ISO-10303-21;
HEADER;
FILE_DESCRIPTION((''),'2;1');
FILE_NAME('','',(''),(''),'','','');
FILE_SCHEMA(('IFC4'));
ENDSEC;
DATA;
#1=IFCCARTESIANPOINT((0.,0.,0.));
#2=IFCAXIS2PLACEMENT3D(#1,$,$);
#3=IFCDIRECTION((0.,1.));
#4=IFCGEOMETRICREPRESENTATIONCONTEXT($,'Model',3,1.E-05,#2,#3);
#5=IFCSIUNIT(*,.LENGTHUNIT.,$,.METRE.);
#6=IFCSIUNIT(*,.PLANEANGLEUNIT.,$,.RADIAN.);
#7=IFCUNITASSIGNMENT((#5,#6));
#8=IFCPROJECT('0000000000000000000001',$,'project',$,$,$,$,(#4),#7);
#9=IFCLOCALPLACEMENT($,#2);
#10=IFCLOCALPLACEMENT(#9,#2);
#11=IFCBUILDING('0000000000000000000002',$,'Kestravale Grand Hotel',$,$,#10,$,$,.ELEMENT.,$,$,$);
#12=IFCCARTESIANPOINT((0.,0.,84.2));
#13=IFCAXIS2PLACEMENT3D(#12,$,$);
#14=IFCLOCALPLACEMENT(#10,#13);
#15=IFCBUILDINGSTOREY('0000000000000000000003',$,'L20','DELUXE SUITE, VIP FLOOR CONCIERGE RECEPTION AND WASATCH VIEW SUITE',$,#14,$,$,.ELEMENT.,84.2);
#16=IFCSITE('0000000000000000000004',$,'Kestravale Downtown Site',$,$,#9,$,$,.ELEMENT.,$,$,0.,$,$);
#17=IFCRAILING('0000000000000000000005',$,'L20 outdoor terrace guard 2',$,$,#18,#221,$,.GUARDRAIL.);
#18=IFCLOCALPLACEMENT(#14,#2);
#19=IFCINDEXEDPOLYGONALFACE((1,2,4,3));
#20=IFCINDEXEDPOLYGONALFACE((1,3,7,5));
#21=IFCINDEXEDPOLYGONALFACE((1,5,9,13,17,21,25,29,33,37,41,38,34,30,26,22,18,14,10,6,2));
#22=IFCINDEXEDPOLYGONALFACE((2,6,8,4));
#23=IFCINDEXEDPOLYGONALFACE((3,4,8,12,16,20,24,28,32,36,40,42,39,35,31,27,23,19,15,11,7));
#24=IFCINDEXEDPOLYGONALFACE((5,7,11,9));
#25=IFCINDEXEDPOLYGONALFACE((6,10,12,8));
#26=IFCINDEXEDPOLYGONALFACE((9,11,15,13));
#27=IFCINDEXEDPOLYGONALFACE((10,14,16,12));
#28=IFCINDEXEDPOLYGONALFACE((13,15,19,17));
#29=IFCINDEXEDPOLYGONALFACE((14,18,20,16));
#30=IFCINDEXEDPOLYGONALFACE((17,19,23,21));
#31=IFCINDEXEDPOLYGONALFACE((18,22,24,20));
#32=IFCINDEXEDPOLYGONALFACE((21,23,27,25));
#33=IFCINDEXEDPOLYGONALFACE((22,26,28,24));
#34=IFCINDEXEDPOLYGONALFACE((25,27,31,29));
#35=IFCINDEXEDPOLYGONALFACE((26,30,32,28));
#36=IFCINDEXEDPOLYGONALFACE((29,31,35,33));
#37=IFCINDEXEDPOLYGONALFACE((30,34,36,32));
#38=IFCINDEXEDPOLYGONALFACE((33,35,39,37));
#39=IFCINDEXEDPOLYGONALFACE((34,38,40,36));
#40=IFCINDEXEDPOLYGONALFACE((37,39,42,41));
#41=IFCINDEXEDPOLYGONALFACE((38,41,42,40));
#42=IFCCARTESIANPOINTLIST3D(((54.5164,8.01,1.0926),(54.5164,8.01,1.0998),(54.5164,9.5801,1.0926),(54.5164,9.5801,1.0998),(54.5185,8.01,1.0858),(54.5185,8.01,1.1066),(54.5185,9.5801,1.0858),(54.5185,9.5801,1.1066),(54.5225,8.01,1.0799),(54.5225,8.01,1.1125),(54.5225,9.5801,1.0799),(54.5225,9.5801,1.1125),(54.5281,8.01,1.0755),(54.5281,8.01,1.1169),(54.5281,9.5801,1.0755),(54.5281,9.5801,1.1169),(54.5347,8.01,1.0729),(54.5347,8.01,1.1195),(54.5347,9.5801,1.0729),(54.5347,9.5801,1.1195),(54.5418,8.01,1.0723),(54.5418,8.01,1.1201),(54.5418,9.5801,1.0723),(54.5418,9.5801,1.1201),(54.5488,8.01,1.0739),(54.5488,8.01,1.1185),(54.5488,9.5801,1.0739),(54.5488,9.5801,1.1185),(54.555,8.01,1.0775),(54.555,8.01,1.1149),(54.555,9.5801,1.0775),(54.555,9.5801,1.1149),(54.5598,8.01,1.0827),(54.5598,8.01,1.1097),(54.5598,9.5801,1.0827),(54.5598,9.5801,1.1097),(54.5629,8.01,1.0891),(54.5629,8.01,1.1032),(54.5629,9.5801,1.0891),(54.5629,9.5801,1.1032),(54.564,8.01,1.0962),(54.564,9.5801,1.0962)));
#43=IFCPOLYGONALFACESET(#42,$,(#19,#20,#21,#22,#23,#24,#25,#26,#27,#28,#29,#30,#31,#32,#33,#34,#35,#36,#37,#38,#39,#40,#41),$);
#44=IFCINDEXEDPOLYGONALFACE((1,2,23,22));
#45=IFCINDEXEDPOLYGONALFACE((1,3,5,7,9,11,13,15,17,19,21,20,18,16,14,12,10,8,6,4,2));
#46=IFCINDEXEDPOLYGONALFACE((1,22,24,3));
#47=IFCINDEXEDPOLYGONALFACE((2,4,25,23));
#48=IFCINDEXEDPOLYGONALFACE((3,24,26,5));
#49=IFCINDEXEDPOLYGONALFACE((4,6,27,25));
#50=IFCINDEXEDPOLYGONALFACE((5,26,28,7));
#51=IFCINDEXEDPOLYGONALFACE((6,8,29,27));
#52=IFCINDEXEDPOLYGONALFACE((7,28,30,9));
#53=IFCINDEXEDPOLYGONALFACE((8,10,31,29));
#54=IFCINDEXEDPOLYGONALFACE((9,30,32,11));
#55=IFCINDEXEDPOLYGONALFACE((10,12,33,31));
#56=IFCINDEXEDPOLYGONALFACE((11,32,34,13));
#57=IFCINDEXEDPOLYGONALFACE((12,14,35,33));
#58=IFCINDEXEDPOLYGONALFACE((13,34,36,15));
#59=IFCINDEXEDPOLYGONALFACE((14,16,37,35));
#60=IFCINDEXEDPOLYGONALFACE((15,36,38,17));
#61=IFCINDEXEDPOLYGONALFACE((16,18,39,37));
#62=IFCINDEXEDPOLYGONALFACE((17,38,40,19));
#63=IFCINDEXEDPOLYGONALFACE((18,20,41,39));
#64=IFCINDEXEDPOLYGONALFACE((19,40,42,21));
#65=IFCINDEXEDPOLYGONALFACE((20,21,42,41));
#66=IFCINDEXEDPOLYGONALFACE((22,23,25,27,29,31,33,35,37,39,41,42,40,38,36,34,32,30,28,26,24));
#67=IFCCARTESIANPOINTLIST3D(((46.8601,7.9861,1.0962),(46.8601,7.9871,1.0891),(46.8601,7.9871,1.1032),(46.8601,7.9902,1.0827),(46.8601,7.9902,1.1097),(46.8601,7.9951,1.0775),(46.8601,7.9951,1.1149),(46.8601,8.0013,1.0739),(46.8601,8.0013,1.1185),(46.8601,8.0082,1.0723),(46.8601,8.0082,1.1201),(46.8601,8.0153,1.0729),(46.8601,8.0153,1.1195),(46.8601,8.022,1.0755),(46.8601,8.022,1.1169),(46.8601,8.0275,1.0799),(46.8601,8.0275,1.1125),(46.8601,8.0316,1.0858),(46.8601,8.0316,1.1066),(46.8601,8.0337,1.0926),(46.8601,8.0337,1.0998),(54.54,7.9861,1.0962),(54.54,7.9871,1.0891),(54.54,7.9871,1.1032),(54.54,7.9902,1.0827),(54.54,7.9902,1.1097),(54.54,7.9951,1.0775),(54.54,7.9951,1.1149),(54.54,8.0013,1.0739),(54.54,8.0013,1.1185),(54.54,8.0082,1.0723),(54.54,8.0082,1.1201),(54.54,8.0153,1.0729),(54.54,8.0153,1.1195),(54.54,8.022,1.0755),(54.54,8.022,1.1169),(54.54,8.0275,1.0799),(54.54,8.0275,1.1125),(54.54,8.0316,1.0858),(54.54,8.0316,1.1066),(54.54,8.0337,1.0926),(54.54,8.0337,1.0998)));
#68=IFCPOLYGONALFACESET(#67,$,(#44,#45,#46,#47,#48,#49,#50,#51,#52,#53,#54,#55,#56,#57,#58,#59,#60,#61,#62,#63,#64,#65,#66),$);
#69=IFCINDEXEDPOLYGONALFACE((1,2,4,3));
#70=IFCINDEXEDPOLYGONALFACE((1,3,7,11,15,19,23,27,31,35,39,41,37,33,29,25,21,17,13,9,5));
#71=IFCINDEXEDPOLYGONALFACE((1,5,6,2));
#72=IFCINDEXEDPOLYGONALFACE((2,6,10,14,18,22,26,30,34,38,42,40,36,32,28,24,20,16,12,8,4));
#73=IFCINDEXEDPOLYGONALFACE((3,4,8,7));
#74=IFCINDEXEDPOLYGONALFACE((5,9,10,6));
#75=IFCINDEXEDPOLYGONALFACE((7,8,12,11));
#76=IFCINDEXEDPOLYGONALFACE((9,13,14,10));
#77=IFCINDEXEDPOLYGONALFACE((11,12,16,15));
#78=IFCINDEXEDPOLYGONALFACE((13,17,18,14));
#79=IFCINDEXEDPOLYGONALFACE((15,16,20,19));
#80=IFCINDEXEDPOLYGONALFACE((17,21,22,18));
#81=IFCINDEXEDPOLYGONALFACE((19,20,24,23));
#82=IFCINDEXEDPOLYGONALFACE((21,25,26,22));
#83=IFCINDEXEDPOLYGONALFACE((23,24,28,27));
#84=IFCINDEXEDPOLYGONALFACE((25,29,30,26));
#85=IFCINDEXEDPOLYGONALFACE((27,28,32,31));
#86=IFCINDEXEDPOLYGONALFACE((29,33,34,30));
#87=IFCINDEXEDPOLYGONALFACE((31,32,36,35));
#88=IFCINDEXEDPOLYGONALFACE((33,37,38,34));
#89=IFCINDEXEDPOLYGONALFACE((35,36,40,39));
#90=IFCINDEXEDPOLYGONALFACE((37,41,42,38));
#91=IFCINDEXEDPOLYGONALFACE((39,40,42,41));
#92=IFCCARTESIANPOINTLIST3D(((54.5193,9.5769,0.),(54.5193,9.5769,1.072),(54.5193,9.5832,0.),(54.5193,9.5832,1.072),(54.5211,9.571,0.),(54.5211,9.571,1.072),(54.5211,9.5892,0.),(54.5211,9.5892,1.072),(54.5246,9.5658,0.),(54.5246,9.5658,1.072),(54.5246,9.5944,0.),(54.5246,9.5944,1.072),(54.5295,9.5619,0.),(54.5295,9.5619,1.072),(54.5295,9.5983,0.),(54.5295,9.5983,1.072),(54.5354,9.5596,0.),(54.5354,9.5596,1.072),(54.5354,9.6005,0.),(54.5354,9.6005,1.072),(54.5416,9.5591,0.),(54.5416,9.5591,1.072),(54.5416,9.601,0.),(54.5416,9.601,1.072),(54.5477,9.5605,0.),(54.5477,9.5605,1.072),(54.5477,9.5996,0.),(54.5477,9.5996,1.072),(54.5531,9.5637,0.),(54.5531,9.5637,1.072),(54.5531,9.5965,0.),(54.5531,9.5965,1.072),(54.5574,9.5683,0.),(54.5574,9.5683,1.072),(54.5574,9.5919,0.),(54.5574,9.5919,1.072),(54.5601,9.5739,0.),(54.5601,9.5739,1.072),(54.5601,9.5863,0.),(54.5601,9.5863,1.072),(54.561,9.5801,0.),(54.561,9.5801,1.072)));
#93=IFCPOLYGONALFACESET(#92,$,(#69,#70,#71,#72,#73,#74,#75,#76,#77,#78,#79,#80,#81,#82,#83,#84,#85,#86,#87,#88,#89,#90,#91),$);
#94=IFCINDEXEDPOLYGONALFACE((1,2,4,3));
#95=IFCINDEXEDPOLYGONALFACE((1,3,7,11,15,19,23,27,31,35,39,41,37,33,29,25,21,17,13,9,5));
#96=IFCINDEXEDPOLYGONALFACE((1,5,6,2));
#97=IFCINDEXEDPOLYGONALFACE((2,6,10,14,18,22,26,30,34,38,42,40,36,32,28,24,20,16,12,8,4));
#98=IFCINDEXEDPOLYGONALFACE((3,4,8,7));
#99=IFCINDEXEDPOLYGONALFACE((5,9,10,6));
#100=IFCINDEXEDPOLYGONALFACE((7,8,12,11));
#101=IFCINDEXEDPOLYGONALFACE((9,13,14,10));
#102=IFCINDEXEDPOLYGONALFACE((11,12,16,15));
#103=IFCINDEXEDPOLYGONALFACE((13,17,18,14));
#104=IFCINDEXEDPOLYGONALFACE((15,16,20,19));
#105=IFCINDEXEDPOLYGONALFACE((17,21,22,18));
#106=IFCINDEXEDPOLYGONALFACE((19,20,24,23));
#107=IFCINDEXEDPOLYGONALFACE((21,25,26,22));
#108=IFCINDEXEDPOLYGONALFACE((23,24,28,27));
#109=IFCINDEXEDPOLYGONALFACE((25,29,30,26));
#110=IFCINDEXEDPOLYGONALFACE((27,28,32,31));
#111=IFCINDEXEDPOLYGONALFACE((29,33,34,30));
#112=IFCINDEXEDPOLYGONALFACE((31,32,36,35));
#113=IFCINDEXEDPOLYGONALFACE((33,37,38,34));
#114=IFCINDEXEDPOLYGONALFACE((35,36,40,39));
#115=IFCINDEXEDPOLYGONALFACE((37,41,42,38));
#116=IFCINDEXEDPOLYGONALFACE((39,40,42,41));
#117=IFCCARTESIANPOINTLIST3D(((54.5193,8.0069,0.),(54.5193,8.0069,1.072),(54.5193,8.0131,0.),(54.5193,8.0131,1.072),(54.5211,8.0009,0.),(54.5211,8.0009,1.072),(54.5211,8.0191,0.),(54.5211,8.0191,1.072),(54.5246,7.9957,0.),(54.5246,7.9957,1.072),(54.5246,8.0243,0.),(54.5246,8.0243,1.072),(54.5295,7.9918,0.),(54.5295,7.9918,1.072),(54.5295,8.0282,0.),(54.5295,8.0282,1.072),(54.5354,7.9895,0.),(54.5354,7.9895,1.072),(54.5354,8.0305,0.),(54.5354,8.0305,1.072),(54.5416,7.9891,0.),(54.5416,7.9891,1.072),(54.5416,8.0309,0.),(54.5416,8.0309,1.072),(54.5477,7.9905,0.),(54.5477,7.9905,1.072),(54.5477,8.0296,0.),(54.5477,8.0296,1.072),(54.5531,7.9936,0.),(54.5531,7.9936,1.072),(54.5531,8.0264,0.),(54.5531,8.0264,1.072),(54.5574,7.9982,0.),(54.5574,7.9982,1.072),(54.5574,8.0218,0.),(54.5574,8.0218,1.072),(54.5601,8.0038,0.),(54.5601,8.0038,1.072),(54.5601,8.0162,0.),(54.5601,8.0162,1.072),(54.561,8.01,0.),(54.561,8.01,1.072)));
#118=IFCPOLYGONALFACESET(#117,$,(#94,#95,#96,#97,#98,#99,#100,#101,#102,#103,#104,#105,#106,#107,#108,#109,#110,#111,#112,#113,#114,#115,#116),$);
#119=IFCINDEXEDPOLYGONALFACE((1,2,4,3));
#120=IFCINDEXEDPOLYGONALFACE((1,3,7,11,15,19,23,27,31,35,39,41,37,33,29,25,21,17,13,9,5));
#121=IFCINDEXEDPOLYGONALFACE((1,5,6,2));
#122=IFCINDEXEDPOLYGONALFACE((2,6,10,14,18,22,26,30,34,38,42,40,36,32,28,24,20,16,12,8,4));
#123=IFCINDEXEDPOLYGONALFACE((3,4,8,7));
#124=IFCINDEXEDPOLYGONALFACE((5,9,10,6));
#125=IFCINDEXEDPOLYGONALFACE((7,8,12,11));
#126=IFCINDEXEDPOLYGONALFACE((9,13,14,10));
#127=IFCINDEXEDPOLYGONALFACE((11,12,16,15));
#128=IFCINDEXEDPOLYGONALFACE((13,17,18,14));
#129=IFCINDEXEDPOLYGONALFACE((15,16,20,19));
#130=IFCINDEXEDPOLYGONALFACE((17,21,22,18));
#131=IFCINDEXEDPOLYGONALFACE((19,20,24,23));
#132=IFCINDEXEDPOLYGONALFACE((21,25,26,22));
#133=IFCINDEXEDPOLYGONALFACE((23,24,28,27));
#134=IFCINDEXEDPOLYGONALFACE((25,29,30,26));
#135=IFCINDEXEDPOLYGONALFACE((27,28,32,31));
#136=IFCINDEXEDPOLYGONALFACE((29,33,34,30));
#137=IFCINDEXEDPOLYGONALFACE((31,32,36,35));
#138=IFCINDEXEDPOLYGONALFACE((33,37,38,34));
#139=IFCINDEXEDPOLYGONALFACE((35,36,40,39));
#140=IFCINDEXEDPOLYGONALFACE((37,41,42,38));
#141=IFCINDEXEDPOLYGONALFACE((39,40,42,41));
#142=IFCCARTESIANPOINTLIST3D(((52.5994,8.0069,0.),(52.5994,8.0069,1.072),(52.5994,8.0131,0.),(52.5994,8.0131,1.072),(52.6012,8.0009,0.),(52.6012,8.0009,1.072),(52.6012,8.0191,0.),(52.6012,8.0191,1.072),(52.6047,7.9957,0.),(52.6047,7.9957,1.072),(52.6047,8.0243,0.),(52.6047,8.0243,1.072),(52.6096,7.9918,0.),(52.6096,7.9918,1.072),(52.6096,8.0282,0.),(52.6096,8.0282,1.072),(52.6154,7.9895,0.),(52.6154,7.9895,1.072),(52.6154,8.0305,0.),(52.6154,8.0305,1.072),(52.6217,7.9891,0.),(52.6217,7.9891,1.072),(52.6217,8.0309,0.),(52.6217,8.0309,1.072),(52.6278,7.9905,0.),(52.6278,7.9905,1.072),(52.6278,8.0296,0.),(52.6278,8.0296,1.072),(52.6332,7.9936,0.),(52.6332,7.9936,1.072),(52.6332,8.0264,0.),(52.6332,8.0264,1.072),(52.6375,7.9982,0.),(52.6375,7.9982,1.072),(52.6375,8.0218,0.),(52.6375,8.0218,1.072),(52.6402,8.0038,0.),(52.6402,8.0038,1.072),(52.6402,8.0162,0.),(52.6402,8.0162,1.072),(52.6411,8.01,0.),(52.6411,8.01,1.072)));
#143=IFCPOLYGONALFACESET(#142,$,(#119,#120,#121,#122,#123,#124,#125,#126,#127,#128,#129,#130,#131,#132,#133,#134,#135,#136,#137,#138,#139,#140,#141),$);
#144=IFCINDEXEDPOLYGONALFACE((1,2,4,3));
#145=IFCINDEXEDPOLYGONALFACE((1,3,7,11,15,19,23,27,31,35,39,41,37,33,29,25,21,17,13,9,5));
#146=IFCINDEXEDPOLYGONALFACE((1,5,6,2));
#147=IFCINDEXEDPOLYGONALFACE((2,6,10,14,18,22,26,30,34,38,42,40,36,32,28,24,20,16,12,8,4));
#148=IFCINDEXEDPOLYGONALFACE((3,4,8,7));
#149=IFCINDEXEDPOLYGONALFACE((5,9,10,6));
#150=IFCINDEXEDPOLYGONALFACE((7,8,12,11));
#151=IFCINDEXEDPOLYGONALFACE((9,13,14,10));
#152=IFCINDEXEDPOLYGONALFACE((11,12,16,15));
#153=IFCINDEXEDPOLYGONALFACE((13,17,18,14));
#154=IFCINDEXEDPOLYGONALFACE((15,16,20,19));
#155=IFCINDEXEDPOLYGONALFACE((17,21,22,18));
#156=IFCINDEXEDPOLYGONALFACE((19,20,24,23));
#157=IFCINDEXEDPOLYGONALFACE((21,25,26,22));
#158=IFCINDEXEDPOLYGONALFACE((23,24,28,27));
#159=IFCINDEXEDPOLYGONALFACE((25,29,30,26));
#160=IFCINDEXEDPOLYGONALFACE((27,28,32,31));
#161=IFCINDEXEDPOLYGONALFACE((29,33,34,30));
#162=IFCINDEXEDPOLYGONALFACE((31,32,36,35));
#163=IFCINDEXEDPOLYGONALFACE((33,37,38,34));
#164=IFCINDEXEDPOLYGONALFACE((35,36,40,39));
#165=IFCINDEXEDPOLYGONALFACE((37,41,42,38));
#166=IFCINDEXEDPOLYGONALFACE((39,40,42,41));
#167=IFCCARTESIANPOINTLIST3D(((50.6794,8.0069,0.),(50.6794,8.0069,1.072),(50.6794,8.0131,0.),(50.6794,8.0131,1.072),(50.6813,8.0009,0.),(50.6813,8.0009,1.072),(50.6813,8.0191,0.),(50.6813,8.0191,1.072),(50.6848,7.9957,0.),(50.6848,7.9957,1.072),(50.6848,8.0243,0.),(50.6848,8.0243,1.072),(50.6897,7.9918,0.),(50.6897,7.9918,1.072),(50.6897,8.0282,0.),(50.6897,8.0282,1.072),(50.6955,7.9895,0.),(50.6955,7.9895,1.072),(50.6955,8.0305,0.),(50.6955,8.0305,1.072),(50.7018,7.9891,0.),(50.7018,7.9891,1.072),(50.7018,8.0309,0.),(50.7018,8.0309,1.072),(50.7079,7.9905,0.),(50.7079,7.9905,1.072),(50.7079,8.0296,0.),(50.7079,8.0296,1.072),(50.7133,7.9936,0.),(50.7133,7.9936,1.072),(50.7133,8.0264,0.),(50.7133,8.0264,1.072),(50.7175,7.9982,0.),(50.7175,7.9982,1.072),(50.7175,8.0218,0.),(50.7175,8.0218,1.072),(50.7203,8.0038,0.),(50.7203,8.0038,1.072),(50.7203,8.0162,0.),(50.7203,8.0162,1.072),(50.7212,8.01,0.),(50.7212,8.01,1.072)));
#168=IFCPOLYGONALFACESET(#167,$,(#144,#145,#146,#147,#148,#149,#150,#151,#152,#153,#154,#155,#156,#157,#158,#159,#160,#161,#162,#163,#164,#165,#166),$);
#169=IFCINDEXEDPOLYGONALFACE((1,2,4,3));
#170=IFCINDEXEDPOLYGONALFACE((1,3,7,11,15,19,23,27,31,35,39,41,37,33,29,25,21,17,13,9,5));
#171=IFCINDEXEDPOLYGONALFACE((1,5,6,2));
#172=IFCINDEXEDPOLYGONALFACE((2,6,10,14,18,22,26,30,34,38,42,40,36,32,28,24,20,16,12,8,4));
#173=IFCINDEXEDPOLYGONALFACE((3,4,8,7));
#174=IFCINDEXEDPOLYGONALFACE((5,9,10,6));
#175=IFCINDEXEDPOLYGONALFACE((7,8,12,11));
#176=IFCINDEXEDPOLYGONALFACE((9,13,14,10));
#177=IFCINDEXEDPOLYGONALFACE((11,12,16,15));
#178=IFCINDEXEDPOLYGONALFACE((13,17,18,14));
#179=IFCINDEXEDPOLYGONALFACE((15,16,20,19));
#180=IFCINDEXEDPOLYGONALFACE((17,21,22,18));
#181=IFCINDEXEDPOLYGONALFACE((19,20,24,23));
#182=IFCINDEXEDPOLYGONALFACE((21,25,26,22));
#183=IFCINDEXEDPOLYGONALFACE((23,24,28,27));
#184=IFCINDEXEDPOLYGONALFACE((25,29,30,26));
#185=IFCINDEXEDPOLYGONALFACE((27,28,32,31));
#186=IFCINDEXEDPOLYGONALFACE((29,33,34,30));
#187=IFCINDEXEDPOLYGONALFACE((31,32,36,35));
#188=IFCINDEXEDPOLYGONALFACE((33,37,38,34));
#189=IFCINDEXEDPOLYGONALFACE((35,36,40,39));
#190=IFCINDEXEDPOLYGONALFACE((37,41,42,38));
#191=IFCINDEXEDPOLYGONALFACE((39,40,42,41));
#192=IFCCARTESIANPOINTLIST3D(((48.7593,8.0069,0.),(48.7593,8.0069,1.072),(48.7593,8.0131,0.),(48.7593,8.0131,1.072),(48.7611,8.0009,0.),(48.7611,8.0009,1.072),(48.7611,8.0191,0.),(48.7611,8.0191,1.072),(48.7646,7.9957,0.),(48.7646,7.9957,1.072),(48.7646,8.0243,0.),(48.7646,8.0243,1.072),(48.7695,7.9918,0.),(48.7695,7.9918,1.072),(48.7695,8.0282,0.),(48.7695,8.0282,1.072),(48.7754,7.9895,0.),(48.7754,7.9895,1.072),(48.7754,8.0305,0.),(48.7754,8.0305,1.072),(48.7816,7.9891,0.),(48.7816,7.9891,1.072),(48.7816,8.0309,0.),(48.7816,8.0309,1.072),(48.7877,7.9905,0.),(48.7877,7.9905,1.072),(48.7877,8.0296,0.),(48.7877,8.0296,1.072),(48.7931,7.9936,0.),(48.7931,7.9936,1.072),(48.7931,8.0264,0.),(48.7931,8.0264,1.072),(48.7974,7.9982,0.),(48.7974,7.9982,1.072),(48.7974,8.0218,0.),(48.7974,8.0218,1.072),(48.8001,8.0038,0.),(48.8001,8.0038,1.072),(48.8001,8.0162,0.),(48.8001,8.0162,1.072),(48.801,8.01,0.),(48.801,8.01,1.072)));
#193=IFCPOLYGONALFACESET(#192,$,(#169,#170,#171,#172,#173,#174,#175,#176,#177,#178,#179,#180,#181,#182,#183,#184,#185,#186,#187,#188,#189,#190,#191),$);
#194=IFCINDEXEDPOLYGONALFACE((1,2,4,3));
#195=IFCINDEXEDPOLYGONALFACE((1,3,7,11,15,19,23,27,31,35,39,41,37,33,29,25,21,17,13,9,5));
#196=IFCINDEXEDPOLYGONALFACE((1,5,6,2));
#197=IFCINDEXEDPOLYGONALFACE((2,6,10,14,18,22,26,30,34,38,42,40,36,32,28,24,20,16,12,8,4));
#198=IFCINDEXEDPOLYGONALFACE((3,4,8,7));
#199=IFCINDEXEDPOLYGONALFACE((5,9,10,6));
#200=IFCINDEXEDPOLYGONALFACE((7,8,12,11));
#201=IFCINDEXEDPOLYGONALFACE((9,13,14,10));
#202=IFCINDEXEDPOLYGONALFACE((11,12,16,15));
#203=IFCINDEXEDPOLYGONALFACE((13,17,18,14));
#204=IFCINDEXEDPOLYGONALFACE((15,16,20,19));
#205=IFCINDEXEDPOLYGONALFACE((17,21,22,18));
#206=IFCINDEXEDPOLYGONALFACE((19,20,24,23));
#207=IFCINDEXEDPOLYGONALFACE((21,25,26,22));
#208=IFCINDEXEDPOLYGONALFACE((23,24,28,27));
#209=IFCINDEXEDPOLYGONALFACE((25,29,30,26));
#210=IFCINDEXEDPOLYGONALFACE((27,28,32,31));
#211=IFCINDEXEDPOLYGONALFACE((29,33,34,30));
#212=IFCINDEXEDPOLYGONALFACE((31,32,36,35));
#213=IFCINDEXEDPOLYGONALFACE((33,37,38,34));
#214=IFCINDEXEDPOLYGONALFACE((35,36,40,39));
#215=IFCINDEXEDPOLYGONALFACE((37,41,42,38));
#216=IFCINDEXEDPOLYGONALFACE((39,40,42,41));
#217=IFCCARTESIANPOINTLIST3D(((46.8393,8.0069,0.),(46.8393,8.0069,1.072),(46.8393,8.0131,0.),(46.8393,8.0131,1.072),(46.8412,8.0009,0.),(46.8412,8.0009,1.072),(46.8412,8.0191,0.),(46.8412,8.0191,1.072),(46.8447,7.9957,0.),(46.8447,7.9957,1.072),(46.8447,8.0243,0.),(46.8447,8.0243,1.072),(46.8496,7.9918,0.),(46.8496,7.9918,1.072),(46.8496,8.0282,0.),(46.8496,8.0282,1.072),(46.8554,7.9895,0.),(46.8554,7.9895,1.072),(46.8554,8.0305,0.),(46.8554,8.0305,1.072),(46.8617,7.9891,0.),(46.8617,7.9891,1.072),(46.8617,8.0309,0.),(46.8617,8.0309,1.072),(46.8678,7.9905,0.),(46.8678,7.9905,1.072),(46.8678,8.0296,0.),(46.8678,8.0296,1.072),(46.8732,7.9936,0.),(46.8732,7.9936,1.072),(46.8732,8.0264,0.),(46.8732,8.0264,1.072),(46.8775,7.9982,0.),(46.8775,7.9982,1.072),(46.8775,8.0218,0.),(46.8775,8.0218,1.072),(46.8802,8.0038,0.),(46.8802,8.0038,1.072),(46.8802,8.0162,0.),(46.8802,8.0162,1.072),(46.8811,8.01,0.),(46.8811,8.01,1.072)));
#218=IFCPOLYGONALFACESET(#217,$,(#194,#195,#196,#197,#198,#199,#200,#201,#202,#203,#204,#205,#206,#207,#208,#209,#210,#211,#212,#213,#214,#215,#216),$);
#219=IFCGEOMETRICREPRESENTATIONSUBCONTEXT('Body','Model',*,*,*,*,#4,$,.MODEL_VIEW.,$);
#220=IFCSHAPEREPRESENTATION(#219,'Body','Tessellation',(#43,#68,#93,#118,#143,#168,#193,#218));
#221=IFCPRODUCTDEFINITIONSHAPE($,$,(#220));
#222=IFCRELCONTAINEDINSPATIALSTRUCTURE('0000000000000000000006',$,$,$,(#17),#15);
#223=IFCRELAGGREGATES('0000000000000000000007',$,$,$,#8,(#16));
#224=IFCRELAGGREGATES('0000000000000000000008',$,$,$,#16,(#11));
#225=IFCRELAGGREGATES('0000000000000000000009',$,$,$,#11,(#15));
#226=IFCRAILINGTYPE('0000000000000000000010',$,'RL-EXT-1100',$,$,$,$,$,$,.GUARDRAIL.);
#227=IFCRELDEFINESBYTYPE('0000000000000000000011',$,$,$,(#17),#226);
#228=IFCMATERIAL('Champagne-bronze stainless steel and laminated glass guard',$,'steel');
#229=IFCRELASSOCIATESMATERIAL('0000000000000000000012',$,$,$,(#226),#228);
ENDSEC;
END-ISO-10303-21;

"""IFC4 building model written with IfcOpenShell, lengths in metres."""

from ifc_helpers import new_model, si_unit, direction, frame, origin, origin_2d, place, context, subcontext, project, spatial, circle, extrude, material, type_object, element, save


model = new_model("IFC4")

# Units and contexts
model_context = context("Model", 3, precision=1e-05, world=origin(), true_north=direction((0.0, 1.0)))
body_context = subcontext(model_context, "Body", "Model", "MODEL_VIEW")
ifc_project = project(units=[si_unit("LENGTHUNIT", "METRE"), si_unit("PLANEANGLEUNIT", "RADIAN")], contexts=[model_context])

# Site, building, storey
site_placement = place(None, origin())
site = spatial("IfcSite", under=ifc_project, at=site_placement, Name="Kestravale Downtown Site", CompositionType="ELEMENT", RefElevation=0.0)
building_placement = place(site_placement, origin())
building = spatial("IfcBuilding", under=site, at=building_placement, Name="Kestravale Grand Hotel", CompositionType="ELEMENT")
storey_placement = place(building_placement, frame((0.0, 0.0, 84.2)))
storey = spatial("IfcBuildingStorey", under=building, at=storey_placement, Name="L20", Description="DELUXE SUITE, VIP FLOOR CONCIERGE RECEPTION AND WASATCH VIEW SUITE", CompositionType="ELEMENT", Elevation=84.2)

# Railing
ifc_material_1 = material(Name="Champagne-bronze stainless steel and laminated glass guard", Category="steel")
railing_type = type_object("IfcRailingType", Name="RL-EXT-1100", PredefinedType="GUARDRAIL", material=ifc_material_1)
railing_1_placement = place(storey_placement, frame((54.54, 9.5801, 0.0)))
element("IfcRailing", 1, at=railing_1_placement, inside=storey, type_object=railing_type, Name="L20 outdoor terrace guard 2", PredefinedType="GUARDRAIL", context=body_context, shape_type="SweptSolid", body=[
    extrude(circle(Radius=0.0239, at=origin_2d()), frame((0.0, 0.0, 1.0962), z_axis=(0.0, -1.0, 0.0), x_axis=(1.0, 0.0, 0.0)), (0.0, 0.0, 1.0), 1.5701),
    extrude(circle(Radius=0.0239, at=origin_2d()), frame((0.0, -1.5701, 1.0962), z_axis=(-1.0, 0.0, 0.0), x_axis=(0.0, -1.0, 0.0)), (0.0, 0.0, 1.0), 7.6799),
    extrude(circle(Radius=0.021, at=origin_2d()), origin(), (0.0, 0.0, 1.0), 1.072),
    extrude(circle(Radius=0.021, at=origin_2d()), frame((0.0, -1.5701, 0.0)), (0.0, 0.0, 1.0), 1.072),
    extrude(circle(Radius=0.021, at=origin_2d()), frame((-1.9199, -1.5701, 0.0)), (0.0, 0.0, 1.0), 1.072),
    extrude(circle(Radius=0.021, at=origin_2d()), frame((-3.8398, -1.5701, 0.0)), (0.0, 0.0, 1.0), 1.072),
    extrude(circle(Radius=0.021, at=origin_2d()), frame((-5.76, -1.5701, 0.0)), (0.0, 0.0, 1.0), 1.072),
    extrude(circle(Radius=0.021, at=origin_2d()), frame((-7.6799, -1.5701, 0.0)), (0.0, 0.0, 1.0), 1.072),
])

save(model, "model.ifc")
